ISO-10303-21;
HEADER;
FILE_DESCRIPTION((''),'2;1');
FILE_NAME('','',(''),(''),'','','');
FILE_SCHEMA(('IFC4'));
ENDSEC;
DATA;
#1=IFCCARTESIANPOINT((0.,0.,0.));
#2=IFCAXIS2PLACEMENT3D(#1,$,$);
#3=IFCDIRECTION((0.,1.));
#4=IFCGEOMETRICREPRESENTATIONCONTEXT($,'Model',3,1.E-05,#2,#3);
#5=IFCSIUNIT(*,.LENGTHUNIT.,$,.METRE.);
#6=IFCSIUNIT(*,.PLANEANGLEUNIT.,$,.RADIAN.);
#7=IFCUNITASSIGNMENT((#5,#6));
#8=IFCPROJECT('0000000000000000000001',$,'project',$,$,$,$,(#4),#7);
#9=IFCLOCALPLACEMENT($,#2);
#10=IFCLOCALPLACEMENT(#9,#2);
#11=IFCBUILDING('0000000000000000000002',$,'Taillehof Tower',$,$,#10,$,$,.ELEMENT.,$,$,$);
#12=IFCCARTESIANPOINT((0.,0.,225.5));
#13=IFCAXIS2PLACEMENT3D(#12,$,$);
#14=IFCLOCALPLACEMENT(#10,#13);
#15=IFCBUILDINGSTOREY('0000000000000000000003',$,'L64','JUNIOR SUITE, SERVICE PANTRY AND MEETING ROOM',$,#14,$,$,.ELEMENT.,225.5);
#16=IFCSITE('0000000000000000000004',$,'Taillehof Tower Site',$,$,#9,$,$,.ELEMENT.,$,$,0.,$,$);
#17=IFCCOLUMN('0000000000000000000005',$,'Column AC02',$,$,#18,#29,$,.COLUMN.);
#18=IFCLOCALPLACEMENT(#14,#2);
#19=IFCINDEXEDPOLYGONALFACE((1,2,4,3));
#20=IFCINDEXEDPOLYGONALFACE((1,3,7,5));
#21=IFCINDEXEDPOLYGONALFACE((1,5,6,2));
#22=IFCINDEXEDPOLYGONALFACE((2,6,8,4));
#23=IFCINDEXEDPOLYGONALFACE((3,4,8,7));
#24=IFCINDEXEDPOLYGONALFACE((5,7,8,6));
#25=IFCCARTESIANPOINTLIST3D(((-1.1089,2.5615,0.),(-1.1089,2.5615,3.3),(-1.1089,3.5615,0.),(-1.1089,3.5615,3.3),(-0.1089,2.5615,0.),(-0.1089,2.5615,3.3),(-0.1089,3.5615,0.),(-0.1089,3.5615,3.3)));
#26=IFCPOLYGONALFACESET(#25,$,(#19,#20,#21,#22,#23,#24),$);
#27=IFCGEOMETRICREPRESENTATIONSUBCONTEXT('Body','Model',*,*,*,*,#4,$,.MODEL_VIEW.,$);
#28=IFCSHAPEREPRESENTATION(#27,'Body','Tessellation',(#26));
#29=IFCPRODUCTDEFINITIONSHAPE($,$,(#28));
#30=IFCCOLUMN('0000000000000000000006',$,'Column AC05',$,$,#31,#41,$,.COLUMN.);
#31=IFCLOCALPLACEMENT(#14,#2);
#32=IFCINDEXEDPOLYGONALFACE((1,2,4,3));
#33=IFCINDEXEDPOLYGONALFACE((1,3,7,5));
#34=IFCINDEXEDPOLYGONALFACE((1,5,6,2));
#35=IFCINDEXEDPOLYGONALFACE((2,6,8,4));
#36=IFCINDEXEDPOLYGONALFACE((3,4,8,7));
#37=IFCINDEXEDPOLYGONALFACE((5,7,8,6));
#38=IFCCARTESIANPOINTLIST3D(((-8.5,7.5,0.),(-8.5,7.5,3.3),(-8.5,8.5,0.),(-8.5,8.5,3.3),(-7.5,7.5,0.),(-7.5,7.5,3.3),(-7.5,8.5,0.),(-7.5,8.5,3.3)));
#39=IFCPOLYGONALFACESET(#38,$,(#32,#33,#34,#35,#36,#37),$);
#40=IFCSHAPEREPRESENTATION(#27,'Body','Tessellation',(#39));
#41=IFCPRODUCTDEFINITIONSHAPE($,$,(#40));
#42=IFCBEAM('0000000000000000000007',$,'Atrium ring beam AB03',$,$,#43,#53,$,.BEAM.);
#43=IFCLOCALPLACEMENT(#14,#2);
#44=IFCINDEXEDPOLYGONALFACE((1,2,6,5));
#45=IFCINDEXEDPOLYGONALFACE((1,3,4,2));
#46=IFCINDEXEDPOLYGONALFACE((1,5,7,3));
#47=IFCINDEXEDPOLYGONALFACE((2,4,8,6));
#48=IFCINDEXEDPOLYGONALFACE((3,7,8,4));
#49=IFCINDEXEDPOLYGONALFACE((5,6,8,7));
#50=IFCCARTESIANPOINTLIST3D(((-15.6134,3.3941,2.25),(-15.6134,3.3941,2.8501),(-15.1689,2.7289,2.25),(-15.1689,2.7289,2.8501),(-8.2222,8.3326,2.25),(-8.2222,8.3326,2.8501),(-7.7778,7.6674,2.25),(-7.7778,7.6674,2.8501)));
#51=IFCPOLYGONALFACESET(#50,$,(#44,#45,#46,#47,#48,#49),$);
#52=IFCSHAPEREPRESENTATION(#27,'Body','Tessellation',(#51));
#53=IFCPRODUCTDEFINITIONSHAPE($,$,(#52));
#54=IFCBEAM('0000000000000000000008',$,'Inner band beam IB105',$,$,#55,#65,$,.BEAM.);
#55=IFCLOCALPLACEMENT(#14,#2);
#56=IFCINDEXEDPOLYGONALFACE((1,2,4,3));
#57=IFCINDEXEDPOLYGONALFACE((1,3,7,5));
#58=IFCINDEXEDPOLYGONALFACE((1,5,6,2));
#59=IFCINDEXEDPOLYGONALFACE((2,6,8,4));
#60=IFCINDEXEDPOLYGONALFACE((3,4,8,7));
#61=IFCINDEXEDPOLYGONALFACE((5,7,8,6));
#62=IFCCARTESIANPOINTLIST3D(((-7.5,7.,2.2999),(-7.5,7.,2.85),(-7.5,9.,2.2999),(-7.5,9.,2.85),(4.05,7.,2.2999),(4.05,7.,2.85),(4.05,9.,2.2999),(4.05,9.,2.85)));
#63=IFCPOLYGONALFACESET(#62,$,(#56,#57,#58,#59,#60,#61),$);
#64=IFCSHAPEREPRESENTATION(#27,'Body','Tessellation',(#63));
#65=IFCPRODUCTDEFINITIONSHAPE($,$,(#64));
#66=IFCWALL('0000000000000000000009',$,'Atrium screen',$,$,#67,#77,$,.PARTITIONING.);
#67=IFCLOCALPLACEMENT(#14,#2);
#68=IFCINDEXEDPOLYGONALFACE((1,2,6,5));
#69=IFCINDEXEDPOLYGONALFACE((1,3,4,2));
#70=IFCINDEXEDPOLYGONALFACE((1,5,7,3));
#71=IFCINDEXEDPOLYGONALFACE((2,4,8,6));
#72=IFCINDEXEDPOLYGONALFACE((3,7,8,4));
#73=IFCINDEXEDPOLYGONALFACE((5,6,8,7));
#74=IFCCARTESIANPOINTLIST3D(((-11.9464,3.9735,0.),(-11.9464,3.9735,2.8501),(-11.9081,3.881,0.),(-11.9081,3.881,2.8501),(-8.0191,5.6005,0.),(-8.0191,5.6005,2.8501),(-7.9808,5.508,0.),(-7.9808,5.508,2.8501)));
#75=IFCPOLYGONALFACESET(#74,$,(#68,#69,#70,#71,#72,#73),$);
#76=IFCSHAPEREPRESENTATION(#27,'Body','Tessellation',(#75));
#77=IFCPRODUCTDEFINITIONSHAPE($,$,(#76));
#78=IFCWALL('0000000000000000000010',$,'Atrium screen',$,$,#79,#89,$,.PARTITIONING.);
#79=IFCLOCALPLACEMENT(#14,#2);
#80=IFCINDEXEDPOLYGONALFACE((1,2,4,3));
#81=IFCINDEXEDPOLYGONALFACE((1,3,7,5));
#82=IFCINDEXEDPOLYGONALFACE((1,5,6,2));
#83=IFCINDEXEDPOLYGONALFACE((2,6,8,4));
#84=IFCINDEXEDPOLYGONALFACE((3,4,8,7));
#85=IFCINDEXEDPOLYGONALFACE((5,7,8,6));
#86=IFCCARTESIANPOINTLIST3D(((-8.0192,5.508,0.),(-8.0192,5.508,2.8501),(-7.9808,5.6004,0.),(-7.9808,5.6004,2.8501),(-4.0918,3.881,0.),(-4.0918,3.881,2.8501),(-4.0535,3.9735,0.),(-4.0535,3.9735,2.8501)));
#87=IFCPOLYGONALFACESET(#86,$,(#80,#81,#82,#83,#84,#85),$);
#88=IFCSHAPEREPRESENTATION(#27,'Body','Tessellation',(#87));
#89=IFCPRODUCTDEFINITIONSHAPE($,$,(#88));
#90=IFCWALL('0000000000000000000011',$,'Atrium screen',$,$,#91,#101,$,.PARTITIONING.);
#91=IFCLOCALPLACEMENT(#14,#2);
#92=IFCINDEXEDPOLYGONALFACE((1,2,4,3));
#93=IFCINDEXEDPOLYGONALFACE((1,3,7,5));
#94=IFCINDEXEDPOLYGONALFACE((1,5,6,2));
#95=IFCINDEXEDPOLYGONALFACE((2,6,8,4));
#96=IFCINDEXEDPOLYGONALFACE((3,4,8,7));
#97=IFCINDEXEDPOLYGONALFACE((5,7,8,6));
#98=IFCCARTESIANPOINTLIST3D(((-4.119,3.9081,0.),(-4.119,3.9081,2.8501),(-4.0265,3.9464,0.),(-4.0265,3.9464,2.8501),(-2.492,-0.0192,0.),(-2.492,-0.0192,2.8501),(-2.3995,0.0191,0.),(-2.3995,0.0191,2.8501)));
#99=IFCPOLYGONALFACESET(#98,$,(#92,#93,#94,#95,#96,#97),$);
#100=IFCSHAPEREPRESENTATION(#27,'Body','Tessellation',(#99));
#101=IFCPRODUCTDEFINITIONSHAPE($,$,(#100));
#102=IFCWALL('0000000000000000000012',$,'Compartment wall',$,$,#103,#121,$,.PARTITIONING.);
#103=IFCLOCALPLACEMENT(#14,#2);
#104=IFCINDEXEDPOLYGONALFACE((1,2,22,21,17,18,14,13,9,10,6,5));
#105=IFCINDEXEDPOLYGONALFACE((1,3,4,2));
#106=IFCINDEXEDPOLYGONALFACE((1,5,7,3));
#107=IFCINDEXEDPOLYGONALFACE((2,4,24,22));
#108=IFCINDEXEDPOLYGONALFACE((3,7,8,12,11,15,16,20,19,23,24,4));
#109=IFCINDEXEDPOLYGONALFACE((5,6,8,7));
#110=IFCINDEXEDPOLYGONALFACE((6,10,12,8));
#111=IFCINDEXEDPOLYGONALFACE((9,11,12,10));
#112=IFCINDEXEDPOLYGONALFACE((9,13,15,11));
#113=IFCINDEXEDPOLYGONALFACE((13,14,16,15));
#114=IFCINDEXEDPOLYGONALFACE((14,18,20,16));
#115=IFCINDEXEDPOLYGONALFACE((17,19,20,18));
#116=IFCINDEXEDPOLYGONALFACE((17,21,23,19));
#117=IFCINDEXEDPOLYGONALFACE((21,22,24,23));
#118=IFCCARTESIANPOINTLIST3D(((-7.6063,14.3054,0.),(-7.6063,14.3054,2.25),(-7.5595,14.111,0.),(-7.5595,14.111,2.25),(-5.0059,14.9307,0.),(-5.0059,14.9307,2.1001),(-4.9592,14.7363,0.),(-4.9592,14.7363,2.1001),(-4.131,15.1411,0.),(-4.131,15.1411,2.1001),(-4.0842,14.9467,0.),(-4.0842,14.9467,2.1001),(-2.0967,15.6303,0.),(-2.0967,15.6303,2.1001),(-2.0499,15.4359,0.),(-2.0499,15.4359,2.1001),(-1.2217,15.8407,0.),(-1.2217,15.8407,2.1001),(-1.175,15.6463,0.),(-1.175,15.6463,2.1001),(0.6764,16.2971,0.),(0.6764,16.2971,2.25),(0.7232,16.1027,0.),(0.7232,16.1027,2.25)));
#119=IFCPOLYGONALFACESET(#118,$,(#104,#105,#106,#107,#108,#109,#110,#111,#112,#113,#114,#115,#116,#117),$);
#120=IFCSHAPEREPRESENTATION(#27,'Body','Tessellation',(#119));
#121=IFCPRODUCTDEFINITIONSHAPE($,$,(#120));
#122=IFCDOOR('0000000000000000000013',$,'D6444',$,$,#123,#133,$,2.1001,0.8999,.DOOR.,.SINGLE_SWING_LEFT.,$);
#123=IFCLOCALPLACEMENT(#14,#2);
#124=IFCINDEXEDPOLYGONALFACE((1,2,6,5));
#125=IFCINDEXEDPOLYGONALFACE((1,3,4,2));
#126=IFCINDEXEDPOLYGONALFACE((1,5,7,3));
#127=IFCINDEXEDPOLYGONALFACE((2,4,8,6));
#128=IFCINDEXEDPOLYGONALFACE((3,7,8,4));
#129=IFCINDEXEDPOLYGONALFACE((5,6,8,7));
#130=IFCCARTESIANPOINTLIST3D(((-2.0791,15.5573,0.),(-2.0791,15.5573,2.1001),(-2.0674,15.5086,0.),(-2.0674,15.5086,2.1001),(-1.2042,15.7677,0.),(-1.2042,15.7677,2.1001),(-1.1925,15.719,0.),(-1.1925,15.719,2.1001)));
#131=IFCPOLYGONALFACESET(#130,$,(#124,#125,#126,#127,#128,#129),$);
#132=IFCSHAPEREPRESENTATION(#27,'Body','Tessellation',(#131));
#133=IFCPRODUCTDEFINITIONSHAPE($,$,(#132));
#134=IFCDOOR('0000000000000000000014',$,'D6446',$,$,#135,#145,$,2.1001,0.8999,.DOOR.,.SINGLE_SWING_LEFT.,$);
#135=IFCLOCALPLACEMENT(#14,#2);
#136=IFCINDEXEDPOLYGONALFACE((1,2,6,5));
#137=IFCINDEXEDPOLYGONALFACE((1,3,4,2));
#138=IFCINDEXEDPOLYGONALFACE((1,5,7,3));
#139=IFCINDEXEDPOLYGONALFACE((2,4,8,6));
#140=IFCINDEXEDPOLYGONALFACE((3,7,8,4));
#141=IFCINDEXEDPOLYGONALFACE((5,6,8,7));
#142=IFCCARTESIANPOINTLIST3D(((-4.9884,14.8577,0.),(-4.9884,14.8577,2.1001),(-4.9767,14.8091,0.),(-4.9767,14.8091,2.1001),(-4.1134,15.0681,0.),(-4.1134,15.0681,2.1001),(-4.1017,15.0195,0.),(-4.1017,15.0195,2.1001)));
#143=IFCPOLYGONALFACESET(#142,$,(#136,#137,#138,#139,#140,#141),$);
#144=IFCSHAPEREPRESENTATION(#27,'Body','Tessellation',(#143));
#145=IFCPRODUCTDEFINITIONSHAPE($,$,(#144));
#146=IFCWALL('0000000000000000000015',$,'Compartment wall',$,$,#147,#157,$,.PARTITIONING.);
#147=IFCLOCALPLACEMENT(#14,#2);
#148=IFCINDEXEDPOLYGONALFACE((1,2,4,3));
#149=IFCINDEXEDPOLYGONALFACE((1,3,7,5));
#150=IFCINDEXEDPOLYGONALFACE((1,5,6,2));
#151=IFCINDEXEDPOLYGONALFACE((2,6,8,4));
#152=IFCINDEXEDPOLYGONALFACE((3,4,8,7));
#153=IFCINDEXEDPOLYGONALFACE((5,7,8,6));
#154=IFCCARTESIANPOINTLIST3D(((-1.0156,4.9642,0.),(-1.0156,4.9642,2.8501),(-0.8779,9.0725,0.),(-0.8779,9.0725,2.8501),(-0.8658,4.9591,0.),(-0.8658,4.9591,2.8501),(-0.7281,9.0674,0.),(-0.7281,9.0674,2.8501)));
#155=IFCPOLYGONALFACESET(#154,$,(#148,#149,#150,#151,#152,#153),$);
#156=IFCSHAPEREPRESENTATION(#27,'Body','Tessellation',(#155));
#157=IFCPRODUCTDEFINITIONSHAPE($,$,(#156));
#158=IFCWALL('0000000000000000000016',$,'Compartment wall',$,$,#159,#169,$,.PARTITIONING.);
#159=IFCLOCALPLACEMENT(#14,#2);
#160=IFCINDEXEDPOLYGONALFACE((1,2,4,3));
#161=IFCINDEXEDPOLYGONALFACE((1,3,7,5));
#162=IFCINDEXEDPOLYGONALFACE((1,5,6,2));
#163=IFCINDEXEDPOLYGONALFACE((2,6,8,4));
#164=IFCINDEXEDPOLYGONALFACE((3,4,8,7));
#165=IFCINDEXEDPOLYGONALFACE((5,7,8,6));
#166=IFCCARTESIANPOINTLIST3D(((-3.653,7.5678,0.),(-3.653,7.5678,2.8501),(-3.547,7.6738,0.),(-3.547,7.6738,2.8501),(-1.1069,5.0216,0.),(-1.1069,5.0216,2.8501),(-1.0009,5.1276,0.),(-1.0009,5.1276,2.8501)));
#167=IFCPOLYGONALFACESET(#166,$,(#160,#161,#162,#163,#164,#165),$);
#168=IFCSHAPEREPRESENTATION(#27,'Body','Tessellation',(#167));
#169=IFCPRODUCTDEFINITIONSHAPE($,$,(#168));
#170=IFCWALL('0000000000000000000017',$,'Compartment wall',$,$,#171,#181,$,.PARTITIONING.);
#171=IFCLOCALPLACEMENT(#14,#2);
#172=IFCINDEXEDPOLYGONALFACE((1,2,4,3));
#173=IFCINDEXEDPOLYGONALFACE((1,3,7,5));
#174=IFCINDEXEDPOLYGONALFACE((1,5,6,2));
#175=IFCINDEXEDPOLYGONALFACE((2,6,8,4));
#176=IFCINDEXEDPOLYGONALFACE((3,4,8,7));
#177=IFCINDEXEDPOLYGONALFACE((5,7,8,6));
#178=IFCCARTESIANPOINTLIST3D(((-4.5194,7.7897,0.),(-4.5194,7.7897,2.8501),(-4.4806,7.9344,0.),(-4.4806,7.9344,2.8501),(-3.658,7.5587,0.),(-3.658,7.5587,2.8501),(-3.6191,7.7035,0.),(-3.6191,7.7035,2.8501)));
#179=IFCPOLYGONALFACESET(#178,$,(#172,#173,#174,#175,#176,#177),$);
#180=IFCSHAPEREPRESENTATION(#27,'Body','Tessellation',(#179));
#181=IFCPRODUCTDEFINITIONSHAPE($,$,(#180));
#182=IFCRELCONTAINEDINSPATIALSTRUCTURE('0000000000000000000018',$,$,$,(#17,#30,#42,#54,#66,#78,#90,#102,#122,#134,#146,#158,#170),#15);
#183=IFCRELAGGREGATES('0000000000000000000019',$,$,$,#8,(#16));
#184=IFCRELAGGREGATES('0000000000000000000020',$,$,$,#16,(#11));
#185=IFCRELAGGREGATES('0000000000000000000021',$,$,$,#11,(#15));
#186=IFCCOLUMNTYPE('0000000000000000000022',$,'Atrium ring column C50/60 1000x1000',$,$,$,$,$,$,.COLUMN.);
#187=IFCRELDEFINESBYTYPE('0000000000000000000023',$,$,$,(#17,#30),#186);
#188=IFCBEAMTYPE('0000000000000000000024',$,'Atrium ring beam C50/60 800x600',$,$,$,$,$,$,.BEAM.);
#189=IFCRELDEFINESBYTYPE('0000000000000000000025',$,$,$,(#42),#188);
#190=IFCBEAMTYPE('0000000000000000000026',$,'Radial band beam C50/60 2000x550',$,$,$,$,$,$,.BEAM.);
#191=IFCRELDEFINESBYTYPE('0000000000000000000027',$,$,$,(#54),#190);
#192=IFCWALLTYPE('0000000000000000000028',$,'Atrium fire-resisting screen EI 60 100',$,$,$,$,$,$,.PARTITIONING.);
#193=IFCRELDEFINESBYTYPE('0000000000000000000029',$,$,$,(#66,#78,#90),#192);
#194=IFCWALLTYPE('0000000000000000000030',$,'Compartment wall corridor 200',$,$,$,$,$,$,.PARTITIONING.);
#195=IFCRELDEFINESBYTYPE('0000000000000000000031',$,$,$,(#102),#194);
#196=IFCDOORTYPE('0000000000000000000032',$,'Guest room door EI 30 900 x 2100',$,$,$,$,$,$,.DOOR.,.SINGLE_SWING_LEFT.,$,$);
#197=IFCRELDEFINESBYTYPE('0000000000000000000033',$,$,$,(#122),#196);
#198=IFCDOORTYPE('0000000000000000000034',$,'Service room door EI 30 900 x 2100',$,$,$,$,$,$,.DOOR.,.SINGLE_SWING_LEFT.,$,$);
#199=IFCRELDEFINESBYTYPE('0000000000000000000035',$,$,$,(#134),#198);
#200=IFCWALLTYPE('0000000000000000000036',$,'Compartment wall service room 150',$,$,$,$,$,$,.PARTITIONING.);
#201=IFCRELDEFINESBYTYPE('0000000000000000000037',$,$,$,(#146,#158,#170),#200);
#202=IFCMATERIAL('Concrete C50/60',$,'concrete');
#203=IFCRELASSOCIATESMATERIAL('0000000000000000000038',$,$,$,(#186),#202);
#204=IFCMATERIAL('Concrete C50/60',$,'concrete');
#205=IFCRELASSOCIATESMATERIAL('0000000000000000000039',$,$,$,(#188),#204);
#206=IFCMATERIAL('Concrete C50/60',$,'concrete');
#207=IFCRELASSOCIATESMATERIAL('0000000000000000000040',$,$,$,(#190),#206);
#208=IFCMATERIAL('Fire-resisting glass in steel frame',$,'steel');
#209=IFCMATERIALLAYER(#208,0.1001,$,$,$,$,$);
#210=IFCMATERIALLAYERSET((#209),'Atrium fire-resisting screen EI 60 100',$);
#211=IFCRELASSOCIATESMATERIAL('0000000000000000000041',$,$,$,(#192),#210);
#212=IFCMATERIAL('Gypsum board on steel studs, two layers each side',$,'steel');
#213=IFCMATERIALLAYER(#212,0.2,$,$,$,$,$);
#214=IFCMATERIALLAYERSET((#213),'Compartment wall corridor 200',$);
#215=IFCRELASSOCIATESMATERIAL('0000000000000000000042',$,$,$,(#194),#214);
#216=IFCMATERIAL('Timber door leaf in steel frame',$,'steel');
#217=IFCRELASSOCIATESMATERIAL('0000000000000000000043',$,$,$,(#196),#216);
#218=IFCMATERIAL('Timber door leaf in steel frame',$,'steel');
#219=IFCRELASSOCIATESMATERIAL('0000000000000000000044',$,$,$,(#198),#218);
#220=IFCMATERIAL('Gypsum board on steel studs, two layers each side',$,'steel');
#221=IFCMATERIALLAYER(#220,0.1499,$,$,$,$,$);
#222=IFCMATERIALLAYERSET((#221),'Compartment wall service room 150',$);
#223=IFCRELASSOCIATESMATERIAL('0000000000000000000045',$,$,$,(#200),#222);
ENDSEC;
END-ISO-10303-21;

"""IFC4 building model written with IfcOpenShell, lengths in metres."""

from ifc_helpers import new_model, si_unit, direction, frame, frame_2d, origin, origin_2d, place, context, subcontext, project, spatial, rectangle, extrude, material, layer, layer_set, material_profile, profile_set, type_object, element, fill, save


model = new_model("IFC4")

# Units and contexts
model_context = context("Model", 3, precision=1e-05, world=origin(), true_north=direction((0.0, 1.0)))
body_context = subcontext(model_context, "Body", "Model", "MODEL_VIEW")
ifc_project = project(units=[si_unit("LENGTHUNIT", "METRE"), si_unit("PLANEANGLEUNIT", "RADIAN")], contexts=[model_context])

# Site, building, storey
site_placement = place(None, origin())
site = spatial("IfcSite", under=ifc_project, at=site_placement, Name="Taillehof Tower Site", CompositionType="ELEMENT", RefElevation=0.0)
building_placement = place(site_placement, origin())
building = spatial("IfcBuilding", under=site, at=building_placement, Name="Taillehof Tower", CompositionType="ELEMENT")
storey_placement = place(building_placement, frame((0.0, 0.0, 225.5)))
storey = spatial("IfcBuildingStorey", under=building, at=storey_placement, Name="L64", Description="JUNIOR SUITE, SERVICE PANTRY AND MEETING ROOM", CompositionType="ELEMENT", Elevation=225.5)

# Columns
ifc_material_1 = material(Name="Concrete C50/60", Category="concrete")
ifc_material_profile_1 = material_profile(ifc_material_1, rectangle(XDim=1.0, YDim=1.0, at=origin_2d()), Name="RC 1000x1000")
ifc_profile_set_1 = profile_set([ifc_material_profile_1], Name="Concrete C50/60")
column_type = type_object("IfcColumnType", Name="Atrium ring column C50/60 1000x1000", PredefinedType="COLUMN", material=ifc_profile_set_1)
for number, where, z_axis, x_axis, name in (
    (1, (-0.6089, 3.0615, 0.0), (0.0, 0.0, 1.0), (1.0, 0.0, 0.0), "Column AC02"),
    (2, (-8.0, 8.0, 0.0), (0.0, 0.0, 1.0), (1.0, 0.0, 0.0), "Column AC05"),
):
    element("IfcColumn", number, at=place(storey_placement, frame(where, z_axis=z_axis, x_axis=x_axis)), inside=storey, type_object=column_type, Name=name, PredefinedType="COLUMN", context=body_context, shape_type="SweptSolid", body=[
        extrude(rectangle(XDim=1.0, YDim=1.0, at=origin_2d()), origin(), (0.0, 0.0, 1.0), 3.3),
    ])

# Beams
ifc_material_2 = material(Name="Concrete C50/60", Category="concrete")
ifc_material_profile_2 = material_profile(ifc_material_2, rectangle(XDim=0.8, YDim=0.6001, at=origin_2d()), Name="RC 800x600")
ifc_profile_set_2 = profile_set([ifc_material_profile_2], Name="Concrete C50/60")
beam_type_1 = type_object("IfcBeamType", Name="Atrium ring beam C50/60 800x600", PredefinedType="BEAM", material=ifc_profile_set_2)
beam_1_placement = place(storey_placement, frame((-8.0, 8.0, 2.55), z_axis=(-0.831475, -0.555562, 0.0), x_axis=(0.555562, -0.831475, 0.0)))
element("IfcBeam", 3, at=beam_1_placement, inside=storey, type_object=beam_type_1, Name="Atrium ring beam AB03", PredefinedType="BEAM", context=body_context, shape_type="SweptSolid", body=[
    extrude(rectangle(XDim=0.8, YDim=0.6001, at=origin_2d()), origin(), (0.0, 0.0, 1.0), 8.8892),
])
ifc_material_3 = material(Name="Concrete C50/60", Category="concrete")
ifc_material_profile_3 = material_profile(ifc_material_3, rectangle(XDim=2.0, YDim=0.55, at=origin_2d()), Name="RC 2000x550")
ifc_profile_set_3 = profile_set([ifc_material_profile_3], Name="Concrete C50/60")
beam_type_2 = type_object("IfcBeamType", Name="Radial band beam C50/60 2000x550", PredefinedType="BEAM", material=ifc_profile_set_3)
beam_2_placement = place(storey_placement, frame((-7.5, 8.0, 2.575), z_axis=(1.0, 0.0, 0.0), x_axis=(0.0, 1.0, 0.0)))
element("IfcBeam", 4, at=beam_2_placement, inside=storey, type_object=beam_type_2, Name="Inner band beam IB105", PredefinedType="BEAM", context=body_context, shape_type="SweptSolid", body=[
    extrude(rectangle(XDim=2.0, YDim=0.55, at=origin_2d()), origin(), (0.0, 0.0, 1.0), 11.55),
])

# Walls
ifc_material_4 = material(Name="Fire-resisting glass in steel frame", Category="steel")
ifc_layer_1 = layer(ifc_material_4, 0.1001)
ifc_layer_set_1 = layer_set([ifc_layer_1], Name="Atrium fire-resisting screen EI 60 100")
wall_type_1 = type_object("IfcWallType", Name="Atrium fire-resisting screen EI 60 100", PredefinedType="PARTITIONING", material=ifc_layer_set_1)
for number, where, z_axis, x_axis, name in (
    (5, (-11.9272, 3.9272, 0.0), (0.0, 0.0, 1.0), (0.92386, 0.382731, 0.0), "Atrium screen"),
    (6, (-8.0, 5.5542, 0.0), (0.0, 0.0, 1.0), (0.92386, -0.382731, 0.0), "Atrium screen"),
    (7, (-4.0728, 3.9272, 0.0), (0.0, 0.0, 1.0), (0.382731, -0.92386, 0.0), "Atrium screen"),
):
    element("IfcWall", number, at=place(storey_placement, frame(where, z_axis=z_axis, x_axis=x_axis)), inside=storey, type_object=wall_type_1, Name=name, PredefinedType="PARTITIONING", context=body_context, shape_type="SweptSolid", body=[
        extrude(rectangle(XDim=4.251, YDim=0.1001, at=frame_2d((2.1255, 0.0))), origin(), (0.0, 0.0, 1.0), 2.8501),
    ])

# Wall, openings, doors
ifc_material_5 = material(Name="Gypsum board on steel studs, two layers each side", Category="steel")
ifc_layer_2 = layer(ifc_material_5, 0.2)
ifc_layer_set_2 = layer_set([ifc_layer_2], Name="Compartment wall corridor 200")
wall_type_2 = type_object("IfcWallType", Name="Compartment wall corridor 200", PredefinedType="PARTITIONING", material=ifc_layer_set_2)
wall_1_placement = place(storey_placement, frame((-7.5828, 14.2083, 0.0), z_axis=(0.0, 0.0, 1.0), x_axis=(0.972285, 0.2338, 0.0)))
wall_1 = element("IfcWall", 8, at=wall_1_placement, inside=storey, type_object=wall_type_2, Name="Compartment wall", PredefinedType="PARTITIONING", context=body_context, shape_type="SweptSolid", body=[
    extrude(rectangle(XDim=8.5188, YDim=0.2, at=frame_2d((4.2593, 0.0))), origin(), (0.0, 0.0, 1.0), 2.25),
])
opening_1_placement = place(wall_1_placement, frame((5.6665, 0.0, 0.0)))
opening_1 = element("IfcOpeningElement", 9, at=opening_1_placement, cuts=wall_1, PredefinedType="OPENING", context=body_context, shape_type="SweptSolid", body=[
    extrude(rectangle(XDim=0.8999, YDim=2.1001, at=frame_2d((0.45, 1.05))), frame((0.0, 0.1099, 0.0), z_axis=(0.0, -1.0, 0.0), x_axis=(1.0, 0.0, 0.0)), (0.0, 0.0, 1.0), 0.22),
])
opening_2_placement = place(wall_1_placement, frame((2.6743, 0.0, 0.0)))
opening_2 = element("IfcOpeningElement", 10, at=opening_2_placement, cuts=wall_1, PredefinedType="OPENING", context=body_context, shape_type="SweptSolid", body=[
    extrude(rectangle(XDim=0.8999, YDim=2.1001, at=frame_2d((0.45, 1.05))), frame((0.0, 0.1099, 0.0), z_axis=(0.0, -1.0, 0.0), x_axis=(1.0, 0.0, 0.0)), (0.0, 0.0, 1.0), 0.22),
])
ifc_material_6 = material(Name="Timber door leaf in steel frame", Category="steel")
door_type_1 = type_object("IfcDoorType", Name="Guest room door EI 30 900 x 2100", OperationType="SINGLE_SWING_LEFT", PredefinedType="DOOR", material=ifc_material_6)
door_1_placement = place(opening_1_placement, origin())
door_1 = element("IfcDoor", 11, at=door_1_placement, inside=storey, type_object=door_type_1, Name="D6444", OperationType="SINGLE_SWING_LEFT", OverallHeight=2.1001, OverallWidth=0.8999, PredefinedType="DOOR", context=body_context, shape_type="SweptSolid", body=[
    extrude(rectangle(XDim=0.8999, YDim=2.1001, at=frame_2d((0.45, 1.05))), frame((0.0, 0.0249, 0.0), z_axis=(0.0, -1.0, 0.0), x_axis=(1.0, 0.0, 0.0)), (0.0, 0.0, 1.0), 0.05),
])
fill(opening_1, door_1)
ifc_material_7 = material(Name="Timber door leaf in steel frame", Category="steel")
door_type_2 = type_object("IfcDoorType", Name="Service room door EI 30 900 x 2100", OperationType="SINGLE_SWING_LEFT", PredefinedType="DOOR", material=ifc_material_7)
door_2_placement = place(opening_2_placement, origin())
door_2 = element("IfcDoor", 12, at=door_2_placement, inside=storey, type_object=door_type_2, Name="D6446", OperationType="SINGLE_SWING_LEFT", OverallHeight=2.1001, OverallWidth=0.8999, PredefinedType="DOOR", context=body_context, shape_type="SweptSolid", body=[
    extrude(rectangle(XDim=0.8999, YDim=2.1001, at=frame_2d((0.45, 1.05))), frame((0.0, 0.0249, 0.0), z_axis=(0.0, -1.0, 0.0), x_axis=(1.0, 0.0, 0.0)), (0.0, 0.0, 1.0), 0.05),
])
fill(opening_2, door_2)

# Walls
ifc_material_8 = material(Name="Gypsum board on steel studs, two layers each side", Category="steel")
ifc_layer_3 = layer(ifc_material_8, 0.1499)
ifc_layer_set_3 = layer_set([ifc_layer_3], Name="Compartment wall service room 150")
wall_type_3 = type_object("IfcWallType", Name="Compartment wall service room 150", PredefinedType="PARTITIONING", material=ifc_layer_set_3)
wall_2_placement = place(storey_placement, frame((-0.803, 9.0698, 0.0), z_axis=(0.0, 0.0, 1.0), x_axis=(-0.033497, -0.999439, 0.0)))
element("IfcWall", 13, at=wall_2_placement, inside=storey, type_object=wall_type_3, Name="Compartment wall", PredefinedType="PARTITIONING", context=body_context, shape_type="SweptSolid", body=[
    extrude(rectangle(XDim=4.1106, YDim=0.1499, at=frame_2d((2.0552, 0.0))), origin(), (0.0, 0.0, 1.0), 2.8501),
])
wall_3_placement = place(storey_placement, frame((-1.054, 5.0747, 0.0), z_axis=(0.0, 0.0, 1.0), x_axis=(-0.707107, 0.707107, 0.0)))
element("IfcWall", 14, at=wall_3_placement, inside=storey, type_object=wall_type_3, Name="Compartment wall", PredefinedType="PARTITIONING", context=body_context, shape_type="SweptSolid", body=[
    extrude(rectangle(XDim=3.6008, YDim=0.1499, at=frame_2d((1.8003, 0.0))), origin(), (0.0, 0.0, 1.0), 2.8501),
])
wall_4_placement = place(storey_placement, frame((-3.6387, 7.6311, 0.0), z_axis=(0.0, 0.0, 1.0), x_axis=(-0.96588, 0.258992, 0.0)))
element("IfcWall", 15, at=wall_4_placement, inside=storey, type_object=wall_type_3, Name="Compartment wall", PredefinedType="PARTITIONING", context=body_context, shape_type="SweptSolid", body=[
    extrude(rectangle(XDim=0.8918, YDim=0.1499, at=frame_2d((0.4458, 0.0))), origin(), (0.0, 0.0, 1.0), 2.8501),
])

save(model, "model.ifc")
